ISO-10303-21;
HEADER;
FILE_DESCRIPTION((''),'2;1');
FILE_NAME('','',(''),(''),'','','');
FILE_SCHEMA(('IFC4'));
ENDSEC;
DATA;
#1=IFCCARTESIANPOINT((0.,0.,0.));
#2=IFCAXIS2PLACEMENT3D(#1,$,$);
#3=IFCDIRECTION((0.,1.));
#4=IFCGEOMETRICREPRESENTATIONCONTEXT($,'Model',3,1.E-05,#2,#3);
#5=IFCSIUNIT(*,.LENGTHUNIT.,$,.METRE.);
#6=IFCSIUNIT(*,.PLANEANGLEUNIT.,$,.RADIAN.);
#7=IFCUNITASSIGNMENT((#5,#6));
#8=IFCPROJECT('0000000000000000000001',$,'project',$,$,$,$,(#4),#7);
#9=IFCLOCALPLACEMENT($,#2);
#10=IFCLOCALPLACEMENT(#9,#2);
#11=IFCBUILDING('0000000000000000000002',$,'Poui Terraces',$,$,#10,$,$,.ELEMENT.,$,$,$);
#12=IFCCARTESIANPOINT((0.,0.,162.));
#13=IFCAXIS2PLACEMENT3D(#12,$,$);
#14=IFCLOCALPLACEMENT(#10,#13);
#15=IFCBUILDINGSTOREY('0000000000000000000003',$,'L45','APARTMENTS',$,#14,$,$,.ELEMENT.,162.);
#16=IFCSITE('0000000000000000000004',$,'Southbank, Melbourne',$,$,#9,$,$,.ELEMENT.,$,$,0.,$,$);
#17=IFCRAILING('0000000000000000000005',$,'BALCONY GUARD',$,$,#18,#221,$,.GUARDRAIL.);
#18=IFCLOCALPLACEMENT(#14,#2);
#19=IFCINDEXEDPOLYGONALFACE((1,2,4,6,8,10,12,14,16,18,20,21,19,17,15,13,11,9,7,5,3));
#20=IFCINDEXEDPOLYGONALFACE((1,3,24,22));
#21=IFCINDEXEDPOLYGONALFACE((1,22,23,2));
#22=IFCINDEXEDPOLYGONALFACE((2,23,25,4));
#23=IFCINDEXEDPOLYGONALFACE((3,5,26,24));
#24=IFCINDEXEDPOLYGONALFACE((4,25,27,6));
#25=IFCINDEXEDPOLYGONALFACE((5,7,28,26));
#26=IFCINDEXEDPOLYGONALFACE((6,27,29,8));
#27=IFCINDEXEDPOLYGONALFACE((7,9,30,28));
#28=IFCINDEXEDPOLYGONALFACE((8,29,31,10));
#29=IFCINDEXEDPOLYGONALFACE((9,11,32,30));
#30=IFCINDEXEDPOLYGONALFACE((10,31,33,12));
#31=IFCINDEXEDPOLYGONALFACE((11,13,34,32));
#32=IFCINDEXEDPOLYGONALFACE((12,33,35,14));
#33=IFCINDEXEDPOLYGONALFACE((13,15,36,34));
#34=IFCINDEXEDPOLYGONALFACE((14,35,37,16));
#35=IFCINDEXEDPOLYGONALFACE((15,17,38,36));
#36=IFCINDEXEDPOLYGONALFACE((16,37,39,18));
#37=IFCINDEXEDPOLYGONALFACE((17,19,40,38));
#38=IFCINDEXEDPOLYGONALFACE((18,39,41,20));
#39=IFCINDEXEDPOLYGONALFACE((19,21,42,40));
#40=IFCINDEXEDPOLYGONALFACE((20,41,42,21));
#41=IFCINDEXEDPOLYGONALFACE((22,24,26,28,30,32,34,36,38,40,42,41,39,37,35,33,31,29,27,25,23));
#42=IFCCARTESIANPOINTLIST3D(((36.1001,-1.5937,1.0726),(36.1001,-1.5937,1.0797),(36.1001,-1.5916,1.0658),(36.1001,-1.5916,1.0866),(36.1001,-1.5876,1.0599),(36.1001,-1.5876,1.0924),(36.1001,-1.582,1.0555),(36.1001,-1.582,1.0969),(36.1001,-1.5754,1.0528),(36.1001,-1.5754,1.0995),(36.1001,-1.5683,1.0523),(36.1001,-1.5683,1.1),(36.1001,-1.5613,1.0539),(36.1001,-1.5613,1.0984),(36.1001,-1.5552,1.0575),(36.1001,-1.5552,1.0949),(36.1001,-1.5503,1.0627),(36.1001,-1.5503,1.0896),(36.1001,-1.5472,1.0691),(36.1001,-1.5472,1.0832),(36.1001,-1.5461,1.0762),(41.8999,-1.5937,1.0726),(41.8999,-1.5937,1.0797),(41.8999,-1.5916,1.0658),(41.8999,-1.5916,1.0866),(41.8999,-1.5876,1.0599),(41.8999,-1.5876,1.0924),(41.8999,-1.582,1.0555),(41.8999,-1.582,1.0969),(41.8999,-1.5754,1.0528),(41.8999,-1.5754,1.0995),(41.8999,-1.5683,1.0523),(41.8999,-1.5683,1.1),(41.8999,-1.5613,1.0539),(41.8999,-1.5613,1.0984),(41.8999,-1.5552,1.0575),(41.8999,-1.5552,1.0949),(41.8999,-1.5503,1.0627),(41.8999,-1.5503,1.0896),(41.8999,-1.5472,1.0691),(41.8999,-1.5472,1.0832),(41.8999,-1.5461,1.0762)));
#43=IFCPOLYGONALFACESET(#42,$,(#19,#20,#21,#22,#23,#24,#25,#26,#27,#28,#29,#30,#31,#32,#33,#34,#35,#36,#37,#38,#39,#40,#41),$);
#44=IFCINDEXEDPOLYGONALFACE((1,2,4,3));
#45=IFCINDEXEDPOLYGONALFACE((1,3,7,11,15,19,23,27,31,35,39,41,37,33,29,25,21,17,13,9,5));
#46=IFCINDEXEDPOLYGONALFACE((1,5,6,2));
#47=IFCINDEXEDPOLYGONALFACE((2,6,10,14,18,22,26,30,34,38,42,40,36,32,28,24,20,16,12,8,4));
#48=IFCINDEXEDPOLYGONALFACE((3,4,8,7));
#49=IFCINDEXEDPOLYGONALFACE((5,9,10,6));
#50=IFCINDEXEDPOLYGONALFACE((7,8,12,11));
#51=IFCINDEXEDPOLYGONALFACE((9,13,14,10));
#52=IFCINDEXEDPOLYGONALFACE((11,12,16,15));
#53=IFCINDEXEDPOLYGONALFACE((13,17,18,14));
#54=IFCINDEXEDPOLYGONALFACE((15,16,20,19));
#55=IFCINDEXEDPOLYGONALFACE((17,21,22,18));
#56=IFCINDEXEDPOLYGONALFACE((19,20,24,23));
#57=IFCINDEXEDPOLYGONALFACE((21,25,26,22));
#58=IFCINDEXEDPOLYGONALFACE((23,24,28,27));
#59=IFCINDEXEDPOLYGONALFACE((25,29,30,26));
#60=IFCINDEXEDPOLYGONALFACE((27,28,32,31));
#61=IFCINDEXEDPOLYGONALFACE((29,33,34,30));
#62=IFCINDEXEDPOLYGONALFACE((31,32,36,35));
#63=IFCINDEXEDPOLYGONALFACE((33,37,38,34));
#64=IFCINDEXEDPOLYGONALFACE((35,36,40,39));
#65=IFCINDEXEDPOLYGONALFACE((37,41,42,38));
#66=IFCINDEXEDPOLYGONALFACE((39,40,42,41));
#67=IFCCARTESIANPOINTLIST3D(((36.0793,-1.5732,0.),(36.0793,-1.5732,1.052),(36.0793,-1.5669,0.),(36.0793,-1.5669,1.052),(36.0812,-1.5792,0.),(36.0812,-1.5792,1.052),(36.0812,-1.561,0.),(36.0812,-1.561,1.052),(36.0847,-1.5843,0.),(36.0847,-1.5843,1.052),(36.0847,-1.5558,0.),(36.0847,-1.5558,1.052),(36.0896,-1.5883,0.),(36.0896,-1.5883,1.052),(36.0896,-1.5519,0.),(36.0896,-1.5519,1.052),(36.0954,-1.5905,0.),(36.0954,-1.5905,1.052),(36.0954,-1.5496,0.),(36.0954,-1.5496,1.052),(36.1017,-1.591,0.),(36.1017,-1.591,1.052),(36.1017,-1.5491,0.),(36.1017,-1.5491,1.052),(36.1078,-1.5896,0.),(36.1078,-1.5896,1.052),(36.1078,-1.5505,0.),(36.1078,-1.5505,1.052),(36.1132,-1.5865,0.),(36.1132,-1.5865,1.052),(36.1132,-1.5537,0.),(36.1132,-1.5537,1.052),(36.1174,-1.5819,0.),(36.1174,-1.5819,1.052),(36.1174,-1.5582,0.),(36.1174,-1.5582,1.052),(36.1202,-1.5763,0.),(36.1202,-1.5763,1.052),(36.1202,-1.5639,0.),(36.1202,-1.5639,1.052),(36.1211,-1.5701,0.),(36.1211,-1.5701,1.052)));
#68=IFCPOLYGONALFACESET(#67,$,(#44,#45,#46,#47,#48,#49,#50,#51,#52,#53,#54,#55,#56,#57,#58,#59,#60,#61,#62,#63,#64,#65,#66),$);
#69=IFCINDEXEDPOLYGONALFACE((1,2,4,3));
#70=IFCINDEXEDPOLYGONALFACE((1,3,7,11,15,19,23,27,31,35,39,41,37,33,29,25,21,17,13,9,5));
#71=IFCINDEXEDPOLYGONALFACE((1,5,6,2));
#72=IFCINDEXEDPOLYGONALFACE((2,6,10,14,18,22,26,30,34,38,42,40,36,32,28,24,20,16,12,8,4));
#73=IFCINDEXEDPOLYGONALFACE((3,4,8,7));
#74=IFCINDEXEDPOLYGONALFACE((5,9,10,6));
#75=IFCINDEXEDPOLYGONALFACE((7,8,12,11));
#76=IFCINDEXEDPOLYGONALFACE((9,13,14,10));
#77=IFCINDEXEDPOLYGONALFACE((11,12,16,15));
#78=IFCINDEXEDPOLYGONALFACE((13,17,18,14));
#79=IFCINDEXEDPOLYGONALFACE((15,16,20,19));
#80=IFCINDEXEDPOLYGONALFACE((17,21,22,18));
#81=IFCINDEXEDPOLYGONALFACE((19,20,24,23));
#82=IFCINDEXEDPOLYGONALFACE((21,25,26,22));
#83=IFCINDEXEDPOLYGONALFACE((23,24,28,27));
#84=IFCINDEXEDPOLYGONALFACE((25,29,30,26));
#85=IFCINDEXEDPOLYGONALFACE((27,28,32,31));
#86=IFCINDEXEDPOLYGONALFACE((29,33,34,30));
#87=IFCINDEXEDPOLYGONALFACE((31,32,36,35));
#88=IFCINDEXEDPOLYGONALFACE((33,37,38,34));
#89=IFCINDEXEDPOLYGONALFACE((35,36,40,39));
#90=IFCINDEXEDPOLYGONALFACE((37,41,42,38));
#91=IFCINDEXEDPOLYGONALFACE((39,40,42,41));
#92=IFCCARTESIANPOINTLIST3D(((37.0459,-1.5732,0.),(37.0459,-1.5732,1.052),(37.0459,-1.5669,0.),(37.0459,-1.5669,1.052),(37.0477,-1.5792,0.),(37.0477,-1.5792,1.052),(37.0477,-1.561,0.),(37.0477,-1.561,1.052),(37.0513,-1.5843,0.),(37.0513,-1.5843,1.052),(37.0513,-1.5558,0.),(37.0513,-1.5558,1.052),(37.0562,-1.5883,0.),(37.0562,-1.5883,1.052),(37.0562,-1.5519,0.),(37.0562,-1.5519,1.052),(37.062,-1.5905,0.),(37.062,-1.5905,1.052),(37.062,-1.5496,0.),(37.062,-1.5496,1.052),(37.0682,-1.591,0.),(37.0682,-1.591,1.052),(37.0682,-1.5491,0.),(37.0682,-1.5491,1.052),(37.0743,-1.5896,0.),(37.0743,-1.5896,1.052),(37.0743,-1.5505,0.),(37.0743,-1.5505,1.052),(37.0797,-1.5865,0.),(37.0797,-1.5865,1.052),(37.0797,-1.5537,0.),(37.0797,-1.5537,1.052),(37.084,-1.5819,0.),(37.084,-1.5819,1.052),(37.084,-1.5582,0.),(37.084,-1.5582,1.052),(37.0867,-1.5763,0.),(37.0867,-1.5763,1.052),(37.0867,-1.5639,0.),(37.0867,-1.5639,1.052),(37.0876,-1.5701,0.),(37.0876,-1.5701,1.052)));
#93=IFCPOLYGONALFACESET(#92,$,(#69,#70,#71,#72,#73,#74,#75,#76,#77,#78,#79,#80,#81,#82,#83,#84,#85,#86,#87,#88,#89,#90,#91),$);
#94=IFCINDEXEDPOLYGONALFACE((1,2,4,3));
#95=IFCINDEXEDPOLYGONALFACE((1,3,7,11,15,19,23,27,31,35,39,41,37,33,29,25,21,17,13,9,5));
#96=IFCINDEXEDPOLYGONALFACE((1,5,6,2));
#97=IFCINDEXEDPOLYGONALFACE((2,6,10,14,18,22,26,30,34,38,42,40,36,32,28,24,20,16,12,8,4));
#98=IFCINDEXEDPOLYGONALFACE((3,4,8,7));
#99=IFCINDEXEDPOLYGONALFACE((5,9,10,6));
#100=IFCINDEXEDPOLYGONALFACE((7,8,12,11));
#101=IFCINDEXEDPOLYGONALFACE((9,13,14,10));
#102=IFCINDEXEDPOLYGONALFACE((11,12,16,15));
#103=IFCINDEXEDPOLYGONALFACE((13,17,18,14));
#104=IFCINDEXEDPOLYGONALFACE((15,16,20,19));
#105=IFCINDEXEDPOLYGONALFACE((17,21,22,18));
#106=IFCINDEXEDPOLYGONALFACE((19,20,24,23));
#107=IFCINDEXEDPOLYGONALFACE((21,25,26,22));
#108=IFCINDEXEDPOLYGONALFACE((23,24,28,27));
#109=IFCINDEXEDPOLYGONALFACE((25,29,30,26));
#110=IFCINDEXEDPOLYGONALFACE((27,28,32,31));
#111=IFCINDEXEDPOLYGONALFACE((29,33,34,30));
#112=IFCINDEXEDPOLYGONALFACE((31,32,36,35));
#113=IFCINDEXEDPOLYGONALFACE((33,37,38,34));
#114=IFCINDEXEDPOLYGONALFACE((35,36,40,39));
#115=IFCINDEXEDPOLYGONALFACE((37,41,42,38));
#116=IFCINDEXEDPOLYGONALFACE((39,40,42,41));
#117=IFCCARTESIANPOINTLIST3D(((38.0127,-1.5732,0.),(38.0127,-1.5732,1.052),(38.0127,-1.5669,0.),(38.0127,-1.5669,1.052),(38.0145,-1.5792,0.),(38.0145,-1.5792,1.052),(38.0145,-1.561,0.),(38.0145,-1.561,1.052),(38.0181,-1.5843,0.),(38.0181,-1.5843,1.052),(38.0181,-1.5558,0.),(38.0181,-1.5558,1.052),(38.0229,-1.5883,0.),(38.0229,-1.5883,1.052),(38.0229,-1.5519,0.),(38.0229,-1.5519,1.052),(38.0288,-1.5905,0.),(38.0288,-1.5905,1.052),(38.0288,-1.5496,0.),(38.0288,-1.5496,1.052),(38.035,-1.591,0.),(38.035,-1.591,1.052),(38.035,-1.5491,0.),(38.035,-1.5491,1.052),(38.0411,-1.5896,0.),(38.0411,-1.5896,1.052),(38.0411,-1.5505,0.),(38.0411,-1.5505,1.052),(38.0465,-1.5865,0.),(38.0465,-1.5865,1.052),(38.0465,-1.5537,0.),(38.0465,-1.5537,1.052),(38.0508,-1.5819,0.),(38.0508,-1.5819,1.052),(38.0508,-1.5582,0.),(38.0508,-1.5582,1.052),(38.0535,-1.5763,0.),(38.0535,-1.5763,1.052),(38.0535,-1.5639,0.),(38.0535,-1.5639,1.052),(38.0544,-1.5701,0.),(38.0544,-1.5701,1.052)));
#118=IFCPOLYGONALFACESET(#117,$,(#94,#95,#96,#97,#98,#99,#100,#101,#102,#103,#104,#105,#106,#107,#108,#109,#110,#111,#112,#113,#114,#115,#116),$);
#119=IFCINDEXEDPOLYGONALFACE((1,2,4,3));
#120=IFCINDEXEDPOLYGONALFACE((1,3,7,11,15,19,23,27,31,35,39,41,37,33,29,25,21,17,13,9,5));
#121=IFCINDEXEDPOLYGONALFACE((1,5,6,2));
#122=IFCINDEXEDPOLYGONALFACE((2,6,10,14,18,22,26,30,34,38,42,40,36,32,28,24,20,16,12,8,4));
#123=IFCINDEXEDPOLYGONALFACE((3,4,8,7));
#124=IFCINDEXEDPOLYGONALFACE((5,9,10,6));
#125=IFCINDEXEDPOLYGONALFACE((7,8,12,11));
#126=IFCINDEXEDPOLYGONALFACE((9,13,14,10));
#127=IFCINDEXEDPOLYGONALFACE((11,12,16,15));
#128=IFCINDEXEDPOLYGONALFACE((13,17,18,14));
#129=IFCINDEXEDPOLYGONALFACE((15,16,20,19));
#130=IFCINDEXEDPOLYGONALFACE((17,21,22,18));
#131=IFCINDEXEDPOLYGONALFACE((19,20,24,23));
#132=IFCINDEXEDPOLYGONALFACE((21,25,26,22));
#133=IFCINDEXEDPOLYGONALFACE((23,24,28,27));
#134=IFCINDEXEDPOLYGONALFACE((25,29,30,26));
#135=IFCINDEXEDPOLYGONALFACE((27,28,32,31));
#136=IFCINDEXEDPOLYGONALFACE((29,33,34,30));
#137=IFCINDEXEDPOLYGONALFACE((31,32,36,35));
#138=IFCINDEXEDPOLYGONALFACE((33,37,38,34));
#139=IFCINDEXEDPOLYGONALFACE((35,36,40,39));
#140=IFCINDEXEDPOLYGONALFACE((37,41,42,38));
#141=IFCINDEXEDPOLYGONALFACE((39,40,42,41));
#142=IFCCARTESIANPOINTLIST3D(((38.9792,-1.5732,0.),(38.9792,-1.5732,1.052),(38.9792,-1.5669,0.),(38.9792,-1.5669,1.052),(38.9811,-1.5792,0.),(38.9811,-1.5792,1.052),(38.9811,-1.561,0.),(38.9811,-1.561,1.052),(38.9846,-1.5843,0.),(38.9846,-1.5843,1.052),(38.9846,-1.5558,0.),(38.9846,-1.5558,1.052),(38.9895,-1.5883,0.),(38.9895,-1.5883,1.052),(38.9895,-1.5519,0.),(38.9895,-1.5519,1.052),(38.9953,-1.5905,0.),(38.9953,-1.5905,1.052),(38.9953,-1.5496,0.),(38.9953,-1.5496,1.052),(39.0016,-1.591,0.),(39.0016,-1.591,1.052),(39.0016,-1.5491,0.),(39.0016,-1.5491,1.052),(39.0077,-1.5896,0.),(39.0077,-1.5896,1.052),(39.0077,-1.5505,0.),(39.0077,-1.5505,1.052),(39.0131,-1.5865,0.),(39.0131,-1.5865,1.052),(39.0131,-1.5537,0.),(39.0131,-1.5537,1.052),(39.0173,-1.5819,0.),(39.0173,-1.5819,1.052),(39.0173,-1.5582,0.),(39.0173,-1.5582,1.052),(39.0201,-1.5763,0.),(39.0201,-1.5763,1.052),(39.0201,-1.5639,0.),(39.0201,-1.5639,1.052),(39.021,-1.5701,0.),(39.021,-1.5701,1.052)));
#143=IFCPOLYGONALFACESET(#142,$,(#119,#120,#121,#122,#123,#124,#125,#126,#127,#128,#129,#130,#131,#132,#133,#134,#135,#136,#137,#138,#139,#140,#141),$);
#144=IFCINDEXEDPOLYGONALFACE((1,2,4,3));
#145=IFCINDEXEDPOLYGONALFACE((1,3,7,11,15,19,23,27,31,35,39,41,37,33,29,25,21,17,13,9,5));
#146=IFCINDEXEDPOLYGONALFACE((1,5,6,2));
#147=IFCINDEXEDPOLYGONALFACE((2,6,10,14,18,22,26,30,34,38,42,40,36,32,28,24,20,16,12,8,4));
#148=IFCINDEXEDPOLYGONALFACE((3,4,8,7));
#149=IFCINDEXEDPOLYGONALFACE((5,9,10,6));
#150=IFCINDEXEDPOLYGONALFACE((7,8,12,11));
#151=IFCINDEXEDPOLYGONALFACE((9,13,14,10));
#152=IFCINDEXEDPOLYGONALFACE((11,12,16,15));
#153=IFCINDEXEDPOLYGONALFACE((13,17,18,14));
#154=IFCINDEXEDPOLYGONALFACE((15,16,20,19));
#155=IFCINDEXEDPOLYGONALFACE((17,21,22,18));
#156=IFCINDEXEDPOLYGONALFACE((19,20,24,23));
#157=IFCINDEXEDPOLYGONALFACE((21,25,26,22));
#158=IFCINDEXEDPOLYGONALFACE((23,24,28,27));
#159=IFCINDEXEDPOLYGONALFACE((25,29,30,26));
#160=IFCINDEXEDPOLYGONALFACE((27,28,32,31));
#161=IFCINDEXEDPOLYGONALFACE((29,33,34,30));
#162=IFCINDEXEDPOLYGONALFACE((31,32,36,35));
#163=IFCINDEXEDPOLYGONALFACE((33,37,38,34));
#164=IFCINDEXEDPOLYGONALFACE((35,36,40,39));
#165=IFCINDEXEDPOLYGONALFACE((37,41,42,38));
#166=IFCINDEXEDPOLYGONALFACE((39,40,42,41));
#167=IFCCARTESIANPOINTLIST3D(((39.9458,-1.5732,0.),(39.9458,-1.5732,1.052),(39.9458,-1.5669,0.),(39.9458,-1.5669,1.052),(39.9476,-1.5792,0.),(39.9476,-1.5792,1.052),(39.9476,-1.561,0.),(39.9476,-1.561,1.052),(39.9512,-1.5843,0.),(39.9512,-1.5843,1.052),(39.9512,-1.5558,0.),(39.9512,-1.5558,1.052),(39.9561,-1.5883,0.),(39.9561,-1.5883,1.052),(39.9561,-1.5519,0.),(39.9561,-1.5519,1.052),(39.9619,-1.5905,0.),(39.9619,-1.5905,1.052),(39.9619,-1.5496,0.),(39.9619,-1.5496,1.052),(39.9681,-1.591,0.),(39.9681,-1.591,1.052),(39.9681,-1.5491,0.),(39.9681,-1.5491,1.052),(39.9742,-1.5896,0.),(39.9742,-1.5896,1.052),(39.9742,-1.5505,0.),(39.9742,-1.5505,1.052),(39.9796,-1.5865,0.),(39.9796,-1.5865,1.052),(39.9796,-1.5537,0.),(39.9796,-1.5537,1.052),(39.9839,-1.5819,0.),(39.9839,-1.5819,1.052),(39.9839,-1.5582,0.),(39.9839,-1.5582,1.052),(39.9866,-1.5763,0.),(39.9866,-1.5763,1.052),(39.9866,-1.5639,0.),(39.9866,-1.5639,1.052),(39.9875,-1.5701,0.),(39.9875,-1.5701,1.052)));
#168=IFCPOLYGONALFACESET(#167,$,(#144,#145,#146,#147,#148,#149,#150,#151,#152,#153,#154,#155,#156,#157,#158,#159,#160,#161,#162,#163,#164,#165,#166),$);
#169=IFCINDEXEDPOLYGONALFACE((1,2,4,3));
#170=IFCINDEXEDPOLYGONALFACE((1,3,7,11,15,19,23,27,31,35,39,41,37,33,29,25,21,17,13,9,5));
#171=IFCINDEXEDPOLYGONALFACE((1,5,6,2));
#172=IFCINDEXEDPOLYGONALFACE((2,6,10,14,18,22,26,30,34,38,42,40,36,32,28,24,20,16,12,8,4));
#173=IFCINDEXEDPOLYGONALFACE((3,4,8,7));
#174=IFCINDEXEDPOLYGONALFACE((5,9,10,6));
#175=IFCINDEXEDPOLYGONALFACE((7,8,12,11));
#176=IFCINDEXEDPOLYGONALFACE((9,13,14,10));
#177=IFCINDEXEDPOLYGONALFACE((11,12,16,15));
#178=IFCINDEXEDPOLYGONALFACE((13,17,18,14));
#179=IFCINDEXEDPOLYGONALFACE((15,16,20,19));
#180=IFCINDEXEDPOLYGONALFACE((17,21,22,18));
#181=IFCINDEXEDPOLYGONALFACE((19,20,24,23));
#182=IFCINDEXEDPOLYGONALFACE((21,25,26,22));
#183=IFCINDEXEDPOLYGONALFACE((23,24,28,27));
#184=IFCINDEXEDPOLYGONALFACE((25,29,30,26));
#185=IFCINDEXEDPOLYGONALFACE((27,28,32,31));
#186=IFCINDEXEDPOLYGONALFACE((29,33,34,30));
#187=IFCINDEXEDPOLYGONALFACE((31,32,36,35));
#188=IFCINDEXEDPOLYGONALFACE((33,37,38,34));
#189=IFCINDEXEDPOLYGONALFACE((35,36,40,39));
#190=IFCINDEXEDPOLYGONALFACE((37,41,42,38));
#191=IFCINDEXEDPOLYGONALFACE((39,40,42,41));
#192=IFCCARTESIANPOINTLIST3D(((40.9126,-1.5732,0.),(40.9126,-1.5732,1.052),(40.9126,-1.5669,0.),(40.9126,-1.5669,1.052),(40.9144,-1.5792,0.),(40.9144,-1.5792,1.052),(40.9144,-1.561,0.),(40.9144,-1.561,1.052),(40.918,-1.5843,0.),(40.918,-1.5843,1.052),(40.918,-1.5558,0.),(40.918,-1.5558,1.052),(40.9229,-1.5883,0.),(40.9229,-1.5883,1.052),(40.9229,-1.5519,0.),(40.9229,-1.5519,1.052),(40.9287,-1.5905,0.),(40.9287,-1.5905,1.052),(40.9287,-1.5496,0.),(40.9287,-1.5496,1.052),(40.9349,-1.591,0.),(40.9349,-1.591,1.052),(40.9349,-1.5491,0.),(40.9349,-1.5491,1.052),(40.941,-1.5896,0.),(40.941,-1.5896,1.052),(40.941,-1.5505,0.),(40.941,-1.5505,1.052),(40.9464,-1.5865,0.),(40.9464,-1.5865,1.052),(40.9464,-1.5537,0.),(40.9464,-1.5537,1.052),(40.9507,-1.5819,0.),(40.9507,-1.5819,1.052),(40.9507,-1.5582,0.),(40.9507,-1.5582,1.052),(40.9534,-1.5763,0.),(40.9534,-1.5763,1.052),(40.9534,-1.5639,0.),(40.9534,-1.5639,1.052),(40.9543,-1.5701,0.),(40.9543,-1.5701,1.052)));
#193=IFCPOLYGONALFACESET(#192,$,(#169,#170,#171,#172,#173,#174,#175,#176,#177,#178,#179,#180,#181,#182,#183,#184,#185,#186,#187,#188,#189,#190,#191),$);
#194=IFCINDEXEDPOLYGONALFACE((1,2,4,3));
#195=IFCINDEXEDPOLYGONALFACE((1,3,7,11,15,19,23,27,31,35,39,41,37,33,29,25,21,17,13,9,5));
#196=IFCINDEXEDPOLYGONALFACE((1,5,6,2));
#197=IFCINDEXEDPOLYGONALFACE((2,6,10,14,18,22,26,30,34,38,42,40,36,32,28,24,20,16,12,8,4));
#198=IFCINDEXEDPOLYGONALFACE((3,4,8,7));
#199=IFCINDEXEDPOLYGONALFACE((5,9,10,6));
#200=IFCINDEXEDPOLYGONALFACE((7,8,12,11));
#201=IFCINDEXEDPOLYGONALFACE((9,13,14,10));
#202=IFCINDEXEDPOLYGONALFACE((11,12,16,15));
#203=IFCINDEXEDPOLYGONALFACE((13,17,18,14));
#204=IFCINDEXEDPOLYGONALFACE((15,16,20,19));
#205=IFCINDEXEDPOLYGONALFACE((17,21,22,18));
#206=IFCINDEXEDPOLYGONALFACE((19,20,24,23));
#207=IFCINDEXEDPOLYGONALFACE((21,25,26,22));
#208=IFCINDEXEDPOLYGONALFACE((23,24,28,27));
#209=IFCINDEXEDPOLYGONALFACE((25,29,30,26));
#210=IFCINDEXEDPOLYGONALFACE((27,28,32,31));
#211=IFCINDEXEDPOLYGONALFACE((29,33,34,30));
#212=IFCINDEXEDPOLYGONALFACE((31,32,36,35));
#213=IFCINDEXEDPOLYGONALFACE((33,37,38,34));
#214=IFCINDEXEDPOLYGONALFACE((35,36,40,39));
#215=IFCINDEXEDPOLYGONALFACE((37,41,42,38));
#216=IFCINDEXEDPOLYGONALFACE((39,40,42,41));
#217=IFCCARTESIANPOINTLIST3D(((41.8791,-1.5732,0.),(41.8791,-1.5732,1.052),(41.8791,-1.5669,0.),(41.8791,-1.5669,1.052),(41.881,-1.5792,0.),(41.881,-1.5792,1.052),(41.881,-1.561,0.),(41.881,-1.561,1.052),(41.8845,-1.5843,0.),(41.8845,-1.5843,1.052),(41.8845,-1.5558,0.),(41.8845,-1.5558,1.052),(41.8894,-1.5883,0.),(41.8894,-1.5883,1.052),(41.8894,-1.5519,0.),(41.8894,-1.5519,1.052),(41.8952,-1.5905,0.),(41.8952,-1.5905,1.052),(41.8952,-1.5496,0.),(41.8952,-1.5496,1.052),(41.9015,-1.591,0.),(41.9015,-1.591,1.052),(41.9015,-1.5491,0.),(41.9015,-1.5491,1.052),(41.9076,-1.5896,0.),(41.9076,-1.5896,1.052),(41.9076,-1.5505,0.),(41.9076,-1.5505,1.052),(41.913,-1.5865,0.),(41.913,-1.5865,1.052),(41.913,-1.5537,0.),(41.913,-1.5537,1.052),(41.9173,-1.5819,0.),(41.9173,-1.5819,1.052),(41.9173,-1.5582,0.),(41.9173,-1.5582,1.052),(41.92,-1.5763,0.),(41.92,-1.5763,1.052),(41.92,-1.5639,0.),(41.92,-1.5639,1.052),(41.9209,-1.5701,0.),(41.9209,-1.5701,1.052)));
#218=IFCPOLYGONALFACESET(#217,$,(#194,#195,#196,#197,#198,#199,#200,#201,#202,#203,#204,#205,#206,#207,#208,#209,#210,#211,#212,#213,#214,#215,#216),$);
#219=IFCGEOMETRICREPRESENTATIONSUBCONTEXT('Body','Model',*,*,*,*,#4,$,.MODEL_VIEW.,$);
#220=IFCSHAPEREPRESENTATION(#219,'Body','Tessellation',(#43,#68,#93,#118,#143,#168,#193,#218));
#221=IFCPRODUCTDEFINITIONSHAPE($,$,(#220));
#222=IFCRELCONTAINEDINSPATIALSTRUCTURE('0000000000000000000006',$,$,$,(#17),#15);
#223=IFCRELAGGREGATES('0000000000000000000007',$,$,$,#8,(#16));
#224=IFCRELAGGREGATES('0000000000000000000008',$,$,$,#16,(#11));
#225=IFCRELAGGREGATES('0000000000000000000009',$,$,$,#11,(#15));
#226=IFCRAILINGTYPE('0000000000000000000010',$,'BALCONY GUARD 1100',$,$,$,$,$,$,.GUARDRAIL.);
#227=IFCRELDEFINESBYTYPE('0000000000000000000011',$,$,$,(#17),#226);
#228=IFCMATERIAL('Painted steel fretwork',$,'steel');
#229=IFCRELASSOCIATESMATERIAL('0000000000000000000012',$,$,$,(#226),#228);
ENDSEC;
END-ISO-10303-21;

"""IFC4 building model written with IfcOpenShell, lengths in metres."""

from ifc_helpers import new_model, si_unit, direction, frame, origin, origin_2d, place, context, subcontext, project, spatial, circle, extrude, material, type_object, element, save


model = new_model("IFC4")

# Units and contexts
model_context = context("Model", 3, precision=1e-05, world=origin(), true_north=direction((0.0, 1.0)))
body_context = subcontext(model_context, "Body", "Model", "MODEL_VIEW")
ifc_project = project(units=[si_unit("LENGTHUNIT", "METRE"), si_unit("PLANEANGLEUNIT", "RADIAN")], contexts=[model_context])

# Site, building, storey
site_placement = place(None, origin())
site = spatial("IfcSite", under=ifc_project, at=site_placement, Name="Southbank, Melbourne", CompositionType="ELEMENT", RefElevation=0.0)
building_placement = place(site_placement, origin())
building = spatial("IfcBuilding", under=site, at=building_placement, Name="Poui Terraces", CompositionType="ELEMENT")
storey_placement = place(building_placement, frame((0.0, 0.0, 162.0)))
storey = spatial("IfcBuildingStorey", under=building, at=storey_placement, Name="L45", Description="APARTMENTS", CompositionType="ELEMENT", Elevation=162.0)

# Railing
ifc_material_1 = material(Name="Painted steel fretwork", Category="steel")
railing_type = type_object("IfcRailingType", Name="BALCONY GUARD 1100", PredefinedType="GUARDRAIL", material=ifc_material_1)
railing_placement = place(storey_placement, frame((36.1001, -1.5701, 0.0)))
element("IfcRailing", 1, at=railing_placement, inside=storey, type_object=railing_type, Name="BALCONY GUARD", PredefinedType="GUARDRAIL", context=body_context, shape_type="SweptSolid", body=[
    extrude(circle(Radius=0.0239, at=origin_2d()), frame((0.0, 0.0, 1.0762), z_axis=(1.0, 0.0, 0.0), x_axis=(0.0, 1.0, 0.0)), (0.0, 0.0, 1.0), 5.7998),
    extrude(circle(Radius=0.021, at=origin_2d()), origin(), (0.0, 0.0, 1.0), 1.052),
    extrude(circle(Radius=0.021, at=origin_2d()), frame((0.9666, 0.0, 0.0)), (0.0, 0.0, 1.0), 1.052),
    extrude(circle(Radius=0.021, at=origin_2d()), frame((1.9333, 0.0, 0.0)), (0.0, 0.0, 1.0), 1.052),
    extrude(circle(Radius=0.021, at=origin_2d()), frame((2.8999, 0.0, 0.0)), (0.0, 0.0, 1.0), 1.052),
    extrude(circle(Radius=0.021, at=origin_2d()), frame((3.8665, 0.0, 0.0)), (0.0, 0.0, 1.0), 1.052),
    extrude(circle(Radius=0.021, at=origin_2d()), frame((4.8333, 0.0, 0.0)), (0.0, 0.0, 1.0), 1.052),
    extrude(circle(Radius=0.021, at=origin_2d()), frame((5.7998, 0.0, 0.0)), (0.0, 0.0, 1.0), 1.052),
])

save(model, "model.ifc")
